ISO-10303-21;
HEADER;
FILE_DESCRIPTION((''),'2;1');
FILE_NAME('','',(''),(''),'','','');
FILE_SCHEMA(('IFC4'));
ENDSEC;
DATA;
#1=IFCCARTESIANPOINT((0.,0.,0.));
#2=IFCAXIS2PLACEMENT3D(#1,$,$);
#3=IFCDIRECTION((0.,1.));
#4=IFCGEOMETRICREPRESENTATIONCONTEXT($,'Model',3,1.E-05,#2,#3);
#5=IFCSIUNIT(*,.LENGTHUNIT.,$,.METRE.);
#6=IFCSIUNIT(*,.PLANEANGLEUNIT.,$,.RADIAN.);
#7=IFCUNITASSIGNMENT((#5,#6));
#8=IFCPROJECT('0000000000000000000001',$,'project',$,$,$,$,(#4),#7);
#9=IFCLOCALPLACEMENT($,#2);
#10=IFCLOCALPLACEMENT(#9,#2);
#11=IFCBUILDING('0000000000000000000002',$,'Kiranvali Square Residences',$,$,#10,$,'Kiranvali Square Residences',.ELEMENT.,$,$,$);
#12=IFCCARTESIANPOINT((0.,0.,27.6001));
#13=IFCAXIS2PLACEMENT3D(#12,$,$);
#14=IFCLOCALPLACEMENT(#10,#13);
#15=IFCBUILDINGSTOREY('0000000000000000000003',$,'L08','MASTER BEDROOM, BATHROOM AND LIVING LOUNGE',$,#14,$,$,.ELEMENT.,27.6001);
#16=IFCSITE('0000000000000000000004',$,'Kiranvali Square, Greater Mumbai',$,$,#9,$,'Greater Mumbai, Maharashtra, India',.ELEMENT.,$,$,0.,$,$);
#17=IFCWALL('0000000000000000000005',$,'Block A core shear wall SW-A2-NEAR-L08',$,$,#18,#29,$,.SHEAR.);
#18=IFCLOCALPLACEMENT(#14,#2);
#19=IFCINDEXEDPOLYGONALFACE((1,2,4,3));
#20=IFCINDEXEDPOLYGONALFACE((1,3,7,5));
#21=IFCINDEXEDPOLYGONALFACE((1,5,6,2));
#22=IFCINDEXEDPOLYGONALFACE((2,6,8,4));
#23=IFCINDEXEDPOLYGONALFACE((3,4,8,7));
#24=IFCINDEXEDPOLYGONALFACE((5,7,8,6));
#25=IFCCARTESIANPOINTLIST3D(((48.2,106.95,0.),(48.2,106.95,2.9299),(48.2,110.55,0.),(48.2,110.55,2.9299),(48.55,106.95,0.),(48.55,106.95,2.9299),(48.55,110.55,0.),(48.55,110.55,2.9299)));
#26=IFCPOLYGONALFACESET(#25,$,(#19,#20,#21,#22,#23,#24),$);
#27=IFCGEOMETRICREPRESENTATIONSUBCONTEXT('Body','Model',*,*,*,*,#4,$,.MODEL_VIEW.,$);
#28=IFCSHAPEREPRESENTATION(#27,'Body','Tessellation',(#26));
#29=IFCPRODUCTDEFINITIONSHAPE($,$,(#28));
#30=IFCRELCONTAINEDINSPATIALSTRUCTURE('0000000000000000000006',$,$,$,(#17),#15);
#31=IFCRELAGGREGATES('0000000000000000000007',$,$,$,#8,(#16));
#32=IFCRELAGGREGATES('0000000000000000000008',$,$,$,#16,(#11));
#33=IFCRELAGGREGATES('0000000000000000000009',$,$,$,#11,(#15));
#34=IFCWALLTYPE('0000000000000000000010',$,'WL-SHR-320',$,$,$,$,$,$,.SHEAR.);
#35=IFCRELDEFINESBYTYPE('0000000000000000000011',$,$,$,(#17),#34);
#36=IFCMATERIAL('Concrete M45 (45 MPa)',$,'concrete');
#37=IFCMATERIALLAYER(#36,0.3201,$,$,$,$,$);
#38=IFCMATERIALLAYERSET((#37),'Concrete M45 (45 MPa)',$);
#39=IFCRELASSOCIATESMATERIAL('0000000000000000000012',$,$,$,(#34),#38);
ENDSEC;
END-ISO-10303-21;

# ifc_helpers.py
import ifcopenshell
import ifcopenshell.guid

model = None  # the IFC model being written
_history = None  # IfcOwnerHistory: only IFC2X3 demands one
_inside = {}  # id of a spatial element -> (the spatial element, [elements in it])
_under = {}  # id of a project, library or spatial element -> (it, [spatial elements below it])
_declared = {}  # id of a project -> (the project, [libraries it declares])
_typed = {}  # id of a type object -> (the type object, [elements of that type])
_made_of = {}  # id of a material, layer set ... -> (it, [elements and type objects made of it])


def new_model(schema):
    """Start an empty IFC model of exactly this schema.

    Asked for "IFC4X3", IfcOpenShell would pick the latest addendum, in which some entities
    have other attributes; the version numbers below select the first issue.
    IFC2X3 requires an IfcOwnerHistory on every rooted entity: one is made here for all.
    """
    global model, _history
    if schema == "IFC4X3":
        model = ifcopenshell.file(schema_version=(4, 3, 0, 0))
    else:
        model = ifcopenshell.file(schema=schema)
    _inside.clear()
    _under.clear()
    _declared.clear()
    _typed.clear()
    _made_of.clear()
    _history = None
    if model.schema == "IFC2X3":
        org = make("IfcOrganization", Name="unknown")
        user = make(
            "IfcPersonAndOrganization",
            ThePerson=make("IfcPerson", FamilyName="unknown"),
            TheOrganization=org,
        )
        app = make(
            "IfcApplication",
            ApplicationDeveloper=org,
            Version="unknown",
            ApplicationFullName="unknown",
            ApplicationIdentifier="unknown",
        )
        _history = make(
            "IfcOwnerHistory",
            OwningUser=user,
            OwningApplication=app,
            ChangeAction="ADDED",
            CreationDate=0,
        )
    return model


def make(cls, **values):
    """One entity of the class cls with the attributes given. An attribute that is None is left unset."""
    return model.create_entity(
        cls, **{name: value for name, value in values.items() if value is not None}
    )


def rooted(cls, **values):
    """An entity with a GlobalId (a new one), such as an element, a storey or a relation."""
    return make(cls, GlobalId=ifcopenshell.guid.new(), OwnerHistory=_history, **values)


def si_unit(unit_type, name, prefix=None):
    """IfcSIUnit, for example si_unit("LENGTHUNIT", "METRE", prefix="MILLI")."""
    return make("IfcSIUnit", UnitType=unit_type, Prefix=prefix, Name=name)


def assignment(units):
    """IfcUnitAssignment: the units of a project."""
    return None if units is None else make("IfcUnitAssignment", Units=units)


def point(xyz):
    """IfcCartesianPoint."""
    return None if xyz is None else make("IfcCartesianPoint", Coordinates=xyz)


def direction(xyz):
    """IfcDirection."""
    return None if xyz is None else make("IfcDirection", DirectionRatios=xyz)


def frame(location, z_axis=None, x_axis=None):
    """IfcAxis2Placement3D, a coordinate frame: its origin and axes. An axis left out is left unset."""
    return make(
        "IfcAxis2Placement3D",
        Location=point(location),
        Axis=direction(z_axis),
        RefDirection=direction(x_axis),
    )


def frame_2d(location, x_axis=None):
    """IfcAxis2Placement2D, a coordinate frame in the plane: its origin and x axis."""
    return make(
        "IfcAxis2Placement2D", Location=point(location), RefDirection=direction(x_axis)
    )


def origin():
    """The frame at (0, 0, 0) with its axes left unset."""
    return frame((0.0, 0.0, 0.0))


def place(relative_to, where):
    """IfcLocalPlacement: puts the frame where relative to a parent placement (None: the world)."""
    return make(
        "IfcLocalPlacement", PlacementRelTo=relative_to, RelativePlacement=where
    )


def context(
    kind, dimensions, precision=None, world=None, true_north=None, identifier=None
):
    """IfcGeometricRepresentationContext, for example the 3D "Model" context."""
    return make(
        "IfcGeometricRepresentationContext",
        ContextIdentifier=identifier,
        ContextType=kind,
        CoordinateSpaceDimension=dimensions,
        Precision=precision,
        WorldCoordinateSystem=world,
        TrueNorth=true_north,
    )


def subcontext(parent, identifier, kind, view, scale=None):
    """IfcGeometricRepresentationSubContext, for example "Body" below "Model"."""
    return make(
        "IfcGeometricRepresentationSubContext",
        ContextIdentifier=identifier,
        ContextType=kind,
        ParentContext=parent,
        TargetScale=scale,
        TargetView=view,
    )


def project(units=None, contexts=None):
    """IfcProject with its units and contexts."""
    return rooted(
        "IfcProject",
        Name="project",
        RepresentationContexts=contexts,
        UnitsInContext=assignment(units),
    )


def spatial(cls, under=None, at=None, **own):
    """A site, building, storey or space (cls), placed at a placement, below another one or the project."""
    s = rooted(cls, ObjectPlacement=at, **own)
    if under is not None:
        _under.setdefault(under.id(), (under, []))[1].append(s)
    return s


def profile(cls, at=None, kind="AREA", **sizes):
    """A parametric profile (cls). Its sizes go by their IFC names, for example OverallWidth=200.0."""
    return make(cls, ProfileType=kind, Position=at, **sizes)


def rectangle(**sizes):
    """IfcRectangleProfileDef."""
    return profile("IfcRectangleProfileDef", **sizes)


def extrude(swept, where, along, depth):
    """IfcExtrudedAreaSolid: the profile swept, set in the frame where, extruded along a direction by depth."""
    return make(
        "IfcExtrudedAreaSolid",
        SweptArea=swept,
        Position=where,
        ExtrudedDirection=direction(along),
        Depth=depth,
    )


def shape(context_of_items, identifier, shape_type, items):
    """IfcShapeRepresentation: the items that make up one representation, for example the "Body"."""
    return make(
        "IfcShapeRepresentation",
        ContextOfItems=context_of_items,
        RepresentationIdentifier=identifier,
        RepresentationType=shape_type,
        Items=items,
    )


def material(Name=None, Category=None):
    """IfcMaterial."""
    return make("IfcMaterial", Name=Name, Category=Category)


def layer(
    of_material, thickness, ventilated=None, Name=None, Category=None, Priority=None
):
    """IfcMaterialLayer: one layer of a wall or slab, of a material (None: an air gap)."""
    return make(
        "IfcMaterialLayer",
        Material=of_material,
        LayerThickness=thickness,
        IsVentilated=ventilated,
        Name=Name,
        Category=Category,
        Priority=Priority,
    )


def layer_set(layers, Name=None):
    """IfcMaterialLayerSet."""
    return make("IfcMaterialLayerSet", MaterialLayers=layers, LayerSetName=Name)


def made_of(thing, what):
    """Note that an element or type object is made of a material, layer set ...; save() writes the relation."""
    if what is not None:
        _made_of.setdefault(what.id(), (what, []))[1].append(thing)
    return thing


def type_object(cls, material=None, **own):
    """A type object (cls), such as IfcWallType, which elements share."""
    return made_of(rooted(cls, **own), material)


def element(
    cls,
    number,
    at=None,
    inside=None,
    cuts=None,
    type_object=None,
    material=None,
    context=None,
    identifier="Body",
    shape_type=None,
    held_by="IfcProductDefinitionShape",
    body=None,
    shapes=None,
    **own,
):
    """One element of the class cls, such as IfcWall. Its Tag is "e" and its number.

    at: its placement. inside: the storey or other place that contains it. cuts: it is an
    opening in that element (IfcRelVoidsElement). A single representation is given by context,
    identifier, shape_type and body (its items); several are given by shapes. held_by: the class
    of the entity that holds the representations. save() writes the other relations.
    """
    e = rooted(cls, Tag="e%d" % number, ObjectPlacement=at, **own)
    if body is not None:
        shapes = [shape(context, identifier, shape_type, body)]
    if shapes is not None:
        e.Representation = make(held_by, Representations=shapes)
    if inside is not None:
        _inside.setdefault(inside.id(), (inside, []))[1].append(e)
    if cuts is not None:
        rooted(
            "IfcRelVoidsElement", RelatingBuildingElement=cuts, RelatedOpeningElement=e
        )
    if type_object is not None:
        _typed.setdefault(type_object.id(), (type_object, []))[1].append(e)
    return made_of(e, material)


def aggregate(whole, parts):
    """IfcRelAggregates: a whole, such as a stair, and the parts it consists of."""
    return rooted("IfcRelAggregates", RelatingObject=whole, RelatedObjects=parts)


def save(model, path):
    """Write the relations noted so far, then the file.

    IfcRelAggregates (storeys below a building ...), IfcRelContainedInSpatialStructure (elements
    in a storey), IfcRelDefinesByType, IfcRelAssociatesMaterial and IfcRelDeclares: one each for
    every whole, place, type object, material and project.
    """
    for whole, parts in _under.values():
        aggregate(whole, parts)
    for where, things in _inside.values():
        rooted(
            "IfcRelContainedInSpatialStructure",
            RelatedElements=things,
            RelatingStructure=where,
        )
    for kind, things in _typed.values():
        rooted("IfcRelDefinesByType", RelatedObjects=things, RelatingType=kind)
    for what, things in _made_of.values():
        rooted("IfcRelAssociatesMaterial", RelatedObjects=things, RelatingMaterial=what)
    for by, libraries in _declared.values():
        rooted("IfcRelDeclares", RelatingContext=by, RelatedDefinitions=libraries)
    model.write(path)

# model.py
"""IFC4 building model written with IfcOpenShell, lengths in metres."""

from ifc_helpers import new_model, si_unit, direction, frame, frame_2d, origin, place, context, subcontext, project, spatial, rectangle, extrude, material, layer, layer_set, type_object, element, save


model = new_model("IFC4")

# Units and contexts
model_context = context("Model", 3, precision=1e-05, world=origin(), true_north=direction((0.0, 1.0)))
body_context = subcontext(model_context, "Body", "Model", "MODEL_VIEW")
ifc_project = project(units=[si_unit("LENGTHUNIT", "METRE"), si_unit("PLANEANGLEUNIT", "RADIAN")], contexts=[model_context])

# Site, building, storey
site_placement = place(None, origin())
site = spatial("IfcSite", under=ifc_project, at=site_placement, Name="Kiranvali Square, Greater Mumbai", LongName="Greater Mumbai, Maharashtra, India", CompositionType="ELEMENT", RefElevation=0.0)
building_placement = place(site_placement, origin())
building = spatial("IfcBuilding", under=site, at=building_placement, Name="Kiranvali Square Residences", LongName="Kiranvali Square Residences", CompositionType="ELEMENT")
storey_placement = place(building_placement, frame((0.0, 0.0, 27.6001)))
storey = spatial("IfcBuildingStorey", under=building, at=storey_placement, Name="L08", Description="MASTER BEDROOM, BATHROOM AND LIVING LOUNGE", CompositionType="ELEMENT", Elevation=27.6001)

# Shared definitions
ifc_material_1 = material(Name="Concrete M45 (45 MPa)", Category="concrete")

# Shared definitions
ifc_layer_1 = layer(ifc_material_1, 0.3201)
ifc_layer_set_1 = layer_set([ifc_layer_1], Name="Concrete M45 (45 MPa)")
wall_type_1 = type_object("IfcWallType", Name="WL-SHR-320", PredefinedType="SHEAR", material=ifc_layer_set_1)

# Wall
wall_1_placement = place(storey_placement, frame((48.375, 106.95, 0.0), z_axis=(0.0, 0.0, 1.0), x_axis=(0.0, 1.0, 0.0)))
element("IfcWall", 1, at=wall_1_placement, inside=storey, type_object=wall_type_1, Name="Block A core shear wall SW-A2-NEAR-L08", PredefinedType="SHEAR", context=body_context, shape_type="SweptSolid", body=[
    extrude(rectangle(XDim=3.6001, YDim=0.3501, at=frame_2d((1.8, 0.0))), origin(), (0.0, 0.0, 1.0), 2.9299),
])

save(model, "model.ifc")
